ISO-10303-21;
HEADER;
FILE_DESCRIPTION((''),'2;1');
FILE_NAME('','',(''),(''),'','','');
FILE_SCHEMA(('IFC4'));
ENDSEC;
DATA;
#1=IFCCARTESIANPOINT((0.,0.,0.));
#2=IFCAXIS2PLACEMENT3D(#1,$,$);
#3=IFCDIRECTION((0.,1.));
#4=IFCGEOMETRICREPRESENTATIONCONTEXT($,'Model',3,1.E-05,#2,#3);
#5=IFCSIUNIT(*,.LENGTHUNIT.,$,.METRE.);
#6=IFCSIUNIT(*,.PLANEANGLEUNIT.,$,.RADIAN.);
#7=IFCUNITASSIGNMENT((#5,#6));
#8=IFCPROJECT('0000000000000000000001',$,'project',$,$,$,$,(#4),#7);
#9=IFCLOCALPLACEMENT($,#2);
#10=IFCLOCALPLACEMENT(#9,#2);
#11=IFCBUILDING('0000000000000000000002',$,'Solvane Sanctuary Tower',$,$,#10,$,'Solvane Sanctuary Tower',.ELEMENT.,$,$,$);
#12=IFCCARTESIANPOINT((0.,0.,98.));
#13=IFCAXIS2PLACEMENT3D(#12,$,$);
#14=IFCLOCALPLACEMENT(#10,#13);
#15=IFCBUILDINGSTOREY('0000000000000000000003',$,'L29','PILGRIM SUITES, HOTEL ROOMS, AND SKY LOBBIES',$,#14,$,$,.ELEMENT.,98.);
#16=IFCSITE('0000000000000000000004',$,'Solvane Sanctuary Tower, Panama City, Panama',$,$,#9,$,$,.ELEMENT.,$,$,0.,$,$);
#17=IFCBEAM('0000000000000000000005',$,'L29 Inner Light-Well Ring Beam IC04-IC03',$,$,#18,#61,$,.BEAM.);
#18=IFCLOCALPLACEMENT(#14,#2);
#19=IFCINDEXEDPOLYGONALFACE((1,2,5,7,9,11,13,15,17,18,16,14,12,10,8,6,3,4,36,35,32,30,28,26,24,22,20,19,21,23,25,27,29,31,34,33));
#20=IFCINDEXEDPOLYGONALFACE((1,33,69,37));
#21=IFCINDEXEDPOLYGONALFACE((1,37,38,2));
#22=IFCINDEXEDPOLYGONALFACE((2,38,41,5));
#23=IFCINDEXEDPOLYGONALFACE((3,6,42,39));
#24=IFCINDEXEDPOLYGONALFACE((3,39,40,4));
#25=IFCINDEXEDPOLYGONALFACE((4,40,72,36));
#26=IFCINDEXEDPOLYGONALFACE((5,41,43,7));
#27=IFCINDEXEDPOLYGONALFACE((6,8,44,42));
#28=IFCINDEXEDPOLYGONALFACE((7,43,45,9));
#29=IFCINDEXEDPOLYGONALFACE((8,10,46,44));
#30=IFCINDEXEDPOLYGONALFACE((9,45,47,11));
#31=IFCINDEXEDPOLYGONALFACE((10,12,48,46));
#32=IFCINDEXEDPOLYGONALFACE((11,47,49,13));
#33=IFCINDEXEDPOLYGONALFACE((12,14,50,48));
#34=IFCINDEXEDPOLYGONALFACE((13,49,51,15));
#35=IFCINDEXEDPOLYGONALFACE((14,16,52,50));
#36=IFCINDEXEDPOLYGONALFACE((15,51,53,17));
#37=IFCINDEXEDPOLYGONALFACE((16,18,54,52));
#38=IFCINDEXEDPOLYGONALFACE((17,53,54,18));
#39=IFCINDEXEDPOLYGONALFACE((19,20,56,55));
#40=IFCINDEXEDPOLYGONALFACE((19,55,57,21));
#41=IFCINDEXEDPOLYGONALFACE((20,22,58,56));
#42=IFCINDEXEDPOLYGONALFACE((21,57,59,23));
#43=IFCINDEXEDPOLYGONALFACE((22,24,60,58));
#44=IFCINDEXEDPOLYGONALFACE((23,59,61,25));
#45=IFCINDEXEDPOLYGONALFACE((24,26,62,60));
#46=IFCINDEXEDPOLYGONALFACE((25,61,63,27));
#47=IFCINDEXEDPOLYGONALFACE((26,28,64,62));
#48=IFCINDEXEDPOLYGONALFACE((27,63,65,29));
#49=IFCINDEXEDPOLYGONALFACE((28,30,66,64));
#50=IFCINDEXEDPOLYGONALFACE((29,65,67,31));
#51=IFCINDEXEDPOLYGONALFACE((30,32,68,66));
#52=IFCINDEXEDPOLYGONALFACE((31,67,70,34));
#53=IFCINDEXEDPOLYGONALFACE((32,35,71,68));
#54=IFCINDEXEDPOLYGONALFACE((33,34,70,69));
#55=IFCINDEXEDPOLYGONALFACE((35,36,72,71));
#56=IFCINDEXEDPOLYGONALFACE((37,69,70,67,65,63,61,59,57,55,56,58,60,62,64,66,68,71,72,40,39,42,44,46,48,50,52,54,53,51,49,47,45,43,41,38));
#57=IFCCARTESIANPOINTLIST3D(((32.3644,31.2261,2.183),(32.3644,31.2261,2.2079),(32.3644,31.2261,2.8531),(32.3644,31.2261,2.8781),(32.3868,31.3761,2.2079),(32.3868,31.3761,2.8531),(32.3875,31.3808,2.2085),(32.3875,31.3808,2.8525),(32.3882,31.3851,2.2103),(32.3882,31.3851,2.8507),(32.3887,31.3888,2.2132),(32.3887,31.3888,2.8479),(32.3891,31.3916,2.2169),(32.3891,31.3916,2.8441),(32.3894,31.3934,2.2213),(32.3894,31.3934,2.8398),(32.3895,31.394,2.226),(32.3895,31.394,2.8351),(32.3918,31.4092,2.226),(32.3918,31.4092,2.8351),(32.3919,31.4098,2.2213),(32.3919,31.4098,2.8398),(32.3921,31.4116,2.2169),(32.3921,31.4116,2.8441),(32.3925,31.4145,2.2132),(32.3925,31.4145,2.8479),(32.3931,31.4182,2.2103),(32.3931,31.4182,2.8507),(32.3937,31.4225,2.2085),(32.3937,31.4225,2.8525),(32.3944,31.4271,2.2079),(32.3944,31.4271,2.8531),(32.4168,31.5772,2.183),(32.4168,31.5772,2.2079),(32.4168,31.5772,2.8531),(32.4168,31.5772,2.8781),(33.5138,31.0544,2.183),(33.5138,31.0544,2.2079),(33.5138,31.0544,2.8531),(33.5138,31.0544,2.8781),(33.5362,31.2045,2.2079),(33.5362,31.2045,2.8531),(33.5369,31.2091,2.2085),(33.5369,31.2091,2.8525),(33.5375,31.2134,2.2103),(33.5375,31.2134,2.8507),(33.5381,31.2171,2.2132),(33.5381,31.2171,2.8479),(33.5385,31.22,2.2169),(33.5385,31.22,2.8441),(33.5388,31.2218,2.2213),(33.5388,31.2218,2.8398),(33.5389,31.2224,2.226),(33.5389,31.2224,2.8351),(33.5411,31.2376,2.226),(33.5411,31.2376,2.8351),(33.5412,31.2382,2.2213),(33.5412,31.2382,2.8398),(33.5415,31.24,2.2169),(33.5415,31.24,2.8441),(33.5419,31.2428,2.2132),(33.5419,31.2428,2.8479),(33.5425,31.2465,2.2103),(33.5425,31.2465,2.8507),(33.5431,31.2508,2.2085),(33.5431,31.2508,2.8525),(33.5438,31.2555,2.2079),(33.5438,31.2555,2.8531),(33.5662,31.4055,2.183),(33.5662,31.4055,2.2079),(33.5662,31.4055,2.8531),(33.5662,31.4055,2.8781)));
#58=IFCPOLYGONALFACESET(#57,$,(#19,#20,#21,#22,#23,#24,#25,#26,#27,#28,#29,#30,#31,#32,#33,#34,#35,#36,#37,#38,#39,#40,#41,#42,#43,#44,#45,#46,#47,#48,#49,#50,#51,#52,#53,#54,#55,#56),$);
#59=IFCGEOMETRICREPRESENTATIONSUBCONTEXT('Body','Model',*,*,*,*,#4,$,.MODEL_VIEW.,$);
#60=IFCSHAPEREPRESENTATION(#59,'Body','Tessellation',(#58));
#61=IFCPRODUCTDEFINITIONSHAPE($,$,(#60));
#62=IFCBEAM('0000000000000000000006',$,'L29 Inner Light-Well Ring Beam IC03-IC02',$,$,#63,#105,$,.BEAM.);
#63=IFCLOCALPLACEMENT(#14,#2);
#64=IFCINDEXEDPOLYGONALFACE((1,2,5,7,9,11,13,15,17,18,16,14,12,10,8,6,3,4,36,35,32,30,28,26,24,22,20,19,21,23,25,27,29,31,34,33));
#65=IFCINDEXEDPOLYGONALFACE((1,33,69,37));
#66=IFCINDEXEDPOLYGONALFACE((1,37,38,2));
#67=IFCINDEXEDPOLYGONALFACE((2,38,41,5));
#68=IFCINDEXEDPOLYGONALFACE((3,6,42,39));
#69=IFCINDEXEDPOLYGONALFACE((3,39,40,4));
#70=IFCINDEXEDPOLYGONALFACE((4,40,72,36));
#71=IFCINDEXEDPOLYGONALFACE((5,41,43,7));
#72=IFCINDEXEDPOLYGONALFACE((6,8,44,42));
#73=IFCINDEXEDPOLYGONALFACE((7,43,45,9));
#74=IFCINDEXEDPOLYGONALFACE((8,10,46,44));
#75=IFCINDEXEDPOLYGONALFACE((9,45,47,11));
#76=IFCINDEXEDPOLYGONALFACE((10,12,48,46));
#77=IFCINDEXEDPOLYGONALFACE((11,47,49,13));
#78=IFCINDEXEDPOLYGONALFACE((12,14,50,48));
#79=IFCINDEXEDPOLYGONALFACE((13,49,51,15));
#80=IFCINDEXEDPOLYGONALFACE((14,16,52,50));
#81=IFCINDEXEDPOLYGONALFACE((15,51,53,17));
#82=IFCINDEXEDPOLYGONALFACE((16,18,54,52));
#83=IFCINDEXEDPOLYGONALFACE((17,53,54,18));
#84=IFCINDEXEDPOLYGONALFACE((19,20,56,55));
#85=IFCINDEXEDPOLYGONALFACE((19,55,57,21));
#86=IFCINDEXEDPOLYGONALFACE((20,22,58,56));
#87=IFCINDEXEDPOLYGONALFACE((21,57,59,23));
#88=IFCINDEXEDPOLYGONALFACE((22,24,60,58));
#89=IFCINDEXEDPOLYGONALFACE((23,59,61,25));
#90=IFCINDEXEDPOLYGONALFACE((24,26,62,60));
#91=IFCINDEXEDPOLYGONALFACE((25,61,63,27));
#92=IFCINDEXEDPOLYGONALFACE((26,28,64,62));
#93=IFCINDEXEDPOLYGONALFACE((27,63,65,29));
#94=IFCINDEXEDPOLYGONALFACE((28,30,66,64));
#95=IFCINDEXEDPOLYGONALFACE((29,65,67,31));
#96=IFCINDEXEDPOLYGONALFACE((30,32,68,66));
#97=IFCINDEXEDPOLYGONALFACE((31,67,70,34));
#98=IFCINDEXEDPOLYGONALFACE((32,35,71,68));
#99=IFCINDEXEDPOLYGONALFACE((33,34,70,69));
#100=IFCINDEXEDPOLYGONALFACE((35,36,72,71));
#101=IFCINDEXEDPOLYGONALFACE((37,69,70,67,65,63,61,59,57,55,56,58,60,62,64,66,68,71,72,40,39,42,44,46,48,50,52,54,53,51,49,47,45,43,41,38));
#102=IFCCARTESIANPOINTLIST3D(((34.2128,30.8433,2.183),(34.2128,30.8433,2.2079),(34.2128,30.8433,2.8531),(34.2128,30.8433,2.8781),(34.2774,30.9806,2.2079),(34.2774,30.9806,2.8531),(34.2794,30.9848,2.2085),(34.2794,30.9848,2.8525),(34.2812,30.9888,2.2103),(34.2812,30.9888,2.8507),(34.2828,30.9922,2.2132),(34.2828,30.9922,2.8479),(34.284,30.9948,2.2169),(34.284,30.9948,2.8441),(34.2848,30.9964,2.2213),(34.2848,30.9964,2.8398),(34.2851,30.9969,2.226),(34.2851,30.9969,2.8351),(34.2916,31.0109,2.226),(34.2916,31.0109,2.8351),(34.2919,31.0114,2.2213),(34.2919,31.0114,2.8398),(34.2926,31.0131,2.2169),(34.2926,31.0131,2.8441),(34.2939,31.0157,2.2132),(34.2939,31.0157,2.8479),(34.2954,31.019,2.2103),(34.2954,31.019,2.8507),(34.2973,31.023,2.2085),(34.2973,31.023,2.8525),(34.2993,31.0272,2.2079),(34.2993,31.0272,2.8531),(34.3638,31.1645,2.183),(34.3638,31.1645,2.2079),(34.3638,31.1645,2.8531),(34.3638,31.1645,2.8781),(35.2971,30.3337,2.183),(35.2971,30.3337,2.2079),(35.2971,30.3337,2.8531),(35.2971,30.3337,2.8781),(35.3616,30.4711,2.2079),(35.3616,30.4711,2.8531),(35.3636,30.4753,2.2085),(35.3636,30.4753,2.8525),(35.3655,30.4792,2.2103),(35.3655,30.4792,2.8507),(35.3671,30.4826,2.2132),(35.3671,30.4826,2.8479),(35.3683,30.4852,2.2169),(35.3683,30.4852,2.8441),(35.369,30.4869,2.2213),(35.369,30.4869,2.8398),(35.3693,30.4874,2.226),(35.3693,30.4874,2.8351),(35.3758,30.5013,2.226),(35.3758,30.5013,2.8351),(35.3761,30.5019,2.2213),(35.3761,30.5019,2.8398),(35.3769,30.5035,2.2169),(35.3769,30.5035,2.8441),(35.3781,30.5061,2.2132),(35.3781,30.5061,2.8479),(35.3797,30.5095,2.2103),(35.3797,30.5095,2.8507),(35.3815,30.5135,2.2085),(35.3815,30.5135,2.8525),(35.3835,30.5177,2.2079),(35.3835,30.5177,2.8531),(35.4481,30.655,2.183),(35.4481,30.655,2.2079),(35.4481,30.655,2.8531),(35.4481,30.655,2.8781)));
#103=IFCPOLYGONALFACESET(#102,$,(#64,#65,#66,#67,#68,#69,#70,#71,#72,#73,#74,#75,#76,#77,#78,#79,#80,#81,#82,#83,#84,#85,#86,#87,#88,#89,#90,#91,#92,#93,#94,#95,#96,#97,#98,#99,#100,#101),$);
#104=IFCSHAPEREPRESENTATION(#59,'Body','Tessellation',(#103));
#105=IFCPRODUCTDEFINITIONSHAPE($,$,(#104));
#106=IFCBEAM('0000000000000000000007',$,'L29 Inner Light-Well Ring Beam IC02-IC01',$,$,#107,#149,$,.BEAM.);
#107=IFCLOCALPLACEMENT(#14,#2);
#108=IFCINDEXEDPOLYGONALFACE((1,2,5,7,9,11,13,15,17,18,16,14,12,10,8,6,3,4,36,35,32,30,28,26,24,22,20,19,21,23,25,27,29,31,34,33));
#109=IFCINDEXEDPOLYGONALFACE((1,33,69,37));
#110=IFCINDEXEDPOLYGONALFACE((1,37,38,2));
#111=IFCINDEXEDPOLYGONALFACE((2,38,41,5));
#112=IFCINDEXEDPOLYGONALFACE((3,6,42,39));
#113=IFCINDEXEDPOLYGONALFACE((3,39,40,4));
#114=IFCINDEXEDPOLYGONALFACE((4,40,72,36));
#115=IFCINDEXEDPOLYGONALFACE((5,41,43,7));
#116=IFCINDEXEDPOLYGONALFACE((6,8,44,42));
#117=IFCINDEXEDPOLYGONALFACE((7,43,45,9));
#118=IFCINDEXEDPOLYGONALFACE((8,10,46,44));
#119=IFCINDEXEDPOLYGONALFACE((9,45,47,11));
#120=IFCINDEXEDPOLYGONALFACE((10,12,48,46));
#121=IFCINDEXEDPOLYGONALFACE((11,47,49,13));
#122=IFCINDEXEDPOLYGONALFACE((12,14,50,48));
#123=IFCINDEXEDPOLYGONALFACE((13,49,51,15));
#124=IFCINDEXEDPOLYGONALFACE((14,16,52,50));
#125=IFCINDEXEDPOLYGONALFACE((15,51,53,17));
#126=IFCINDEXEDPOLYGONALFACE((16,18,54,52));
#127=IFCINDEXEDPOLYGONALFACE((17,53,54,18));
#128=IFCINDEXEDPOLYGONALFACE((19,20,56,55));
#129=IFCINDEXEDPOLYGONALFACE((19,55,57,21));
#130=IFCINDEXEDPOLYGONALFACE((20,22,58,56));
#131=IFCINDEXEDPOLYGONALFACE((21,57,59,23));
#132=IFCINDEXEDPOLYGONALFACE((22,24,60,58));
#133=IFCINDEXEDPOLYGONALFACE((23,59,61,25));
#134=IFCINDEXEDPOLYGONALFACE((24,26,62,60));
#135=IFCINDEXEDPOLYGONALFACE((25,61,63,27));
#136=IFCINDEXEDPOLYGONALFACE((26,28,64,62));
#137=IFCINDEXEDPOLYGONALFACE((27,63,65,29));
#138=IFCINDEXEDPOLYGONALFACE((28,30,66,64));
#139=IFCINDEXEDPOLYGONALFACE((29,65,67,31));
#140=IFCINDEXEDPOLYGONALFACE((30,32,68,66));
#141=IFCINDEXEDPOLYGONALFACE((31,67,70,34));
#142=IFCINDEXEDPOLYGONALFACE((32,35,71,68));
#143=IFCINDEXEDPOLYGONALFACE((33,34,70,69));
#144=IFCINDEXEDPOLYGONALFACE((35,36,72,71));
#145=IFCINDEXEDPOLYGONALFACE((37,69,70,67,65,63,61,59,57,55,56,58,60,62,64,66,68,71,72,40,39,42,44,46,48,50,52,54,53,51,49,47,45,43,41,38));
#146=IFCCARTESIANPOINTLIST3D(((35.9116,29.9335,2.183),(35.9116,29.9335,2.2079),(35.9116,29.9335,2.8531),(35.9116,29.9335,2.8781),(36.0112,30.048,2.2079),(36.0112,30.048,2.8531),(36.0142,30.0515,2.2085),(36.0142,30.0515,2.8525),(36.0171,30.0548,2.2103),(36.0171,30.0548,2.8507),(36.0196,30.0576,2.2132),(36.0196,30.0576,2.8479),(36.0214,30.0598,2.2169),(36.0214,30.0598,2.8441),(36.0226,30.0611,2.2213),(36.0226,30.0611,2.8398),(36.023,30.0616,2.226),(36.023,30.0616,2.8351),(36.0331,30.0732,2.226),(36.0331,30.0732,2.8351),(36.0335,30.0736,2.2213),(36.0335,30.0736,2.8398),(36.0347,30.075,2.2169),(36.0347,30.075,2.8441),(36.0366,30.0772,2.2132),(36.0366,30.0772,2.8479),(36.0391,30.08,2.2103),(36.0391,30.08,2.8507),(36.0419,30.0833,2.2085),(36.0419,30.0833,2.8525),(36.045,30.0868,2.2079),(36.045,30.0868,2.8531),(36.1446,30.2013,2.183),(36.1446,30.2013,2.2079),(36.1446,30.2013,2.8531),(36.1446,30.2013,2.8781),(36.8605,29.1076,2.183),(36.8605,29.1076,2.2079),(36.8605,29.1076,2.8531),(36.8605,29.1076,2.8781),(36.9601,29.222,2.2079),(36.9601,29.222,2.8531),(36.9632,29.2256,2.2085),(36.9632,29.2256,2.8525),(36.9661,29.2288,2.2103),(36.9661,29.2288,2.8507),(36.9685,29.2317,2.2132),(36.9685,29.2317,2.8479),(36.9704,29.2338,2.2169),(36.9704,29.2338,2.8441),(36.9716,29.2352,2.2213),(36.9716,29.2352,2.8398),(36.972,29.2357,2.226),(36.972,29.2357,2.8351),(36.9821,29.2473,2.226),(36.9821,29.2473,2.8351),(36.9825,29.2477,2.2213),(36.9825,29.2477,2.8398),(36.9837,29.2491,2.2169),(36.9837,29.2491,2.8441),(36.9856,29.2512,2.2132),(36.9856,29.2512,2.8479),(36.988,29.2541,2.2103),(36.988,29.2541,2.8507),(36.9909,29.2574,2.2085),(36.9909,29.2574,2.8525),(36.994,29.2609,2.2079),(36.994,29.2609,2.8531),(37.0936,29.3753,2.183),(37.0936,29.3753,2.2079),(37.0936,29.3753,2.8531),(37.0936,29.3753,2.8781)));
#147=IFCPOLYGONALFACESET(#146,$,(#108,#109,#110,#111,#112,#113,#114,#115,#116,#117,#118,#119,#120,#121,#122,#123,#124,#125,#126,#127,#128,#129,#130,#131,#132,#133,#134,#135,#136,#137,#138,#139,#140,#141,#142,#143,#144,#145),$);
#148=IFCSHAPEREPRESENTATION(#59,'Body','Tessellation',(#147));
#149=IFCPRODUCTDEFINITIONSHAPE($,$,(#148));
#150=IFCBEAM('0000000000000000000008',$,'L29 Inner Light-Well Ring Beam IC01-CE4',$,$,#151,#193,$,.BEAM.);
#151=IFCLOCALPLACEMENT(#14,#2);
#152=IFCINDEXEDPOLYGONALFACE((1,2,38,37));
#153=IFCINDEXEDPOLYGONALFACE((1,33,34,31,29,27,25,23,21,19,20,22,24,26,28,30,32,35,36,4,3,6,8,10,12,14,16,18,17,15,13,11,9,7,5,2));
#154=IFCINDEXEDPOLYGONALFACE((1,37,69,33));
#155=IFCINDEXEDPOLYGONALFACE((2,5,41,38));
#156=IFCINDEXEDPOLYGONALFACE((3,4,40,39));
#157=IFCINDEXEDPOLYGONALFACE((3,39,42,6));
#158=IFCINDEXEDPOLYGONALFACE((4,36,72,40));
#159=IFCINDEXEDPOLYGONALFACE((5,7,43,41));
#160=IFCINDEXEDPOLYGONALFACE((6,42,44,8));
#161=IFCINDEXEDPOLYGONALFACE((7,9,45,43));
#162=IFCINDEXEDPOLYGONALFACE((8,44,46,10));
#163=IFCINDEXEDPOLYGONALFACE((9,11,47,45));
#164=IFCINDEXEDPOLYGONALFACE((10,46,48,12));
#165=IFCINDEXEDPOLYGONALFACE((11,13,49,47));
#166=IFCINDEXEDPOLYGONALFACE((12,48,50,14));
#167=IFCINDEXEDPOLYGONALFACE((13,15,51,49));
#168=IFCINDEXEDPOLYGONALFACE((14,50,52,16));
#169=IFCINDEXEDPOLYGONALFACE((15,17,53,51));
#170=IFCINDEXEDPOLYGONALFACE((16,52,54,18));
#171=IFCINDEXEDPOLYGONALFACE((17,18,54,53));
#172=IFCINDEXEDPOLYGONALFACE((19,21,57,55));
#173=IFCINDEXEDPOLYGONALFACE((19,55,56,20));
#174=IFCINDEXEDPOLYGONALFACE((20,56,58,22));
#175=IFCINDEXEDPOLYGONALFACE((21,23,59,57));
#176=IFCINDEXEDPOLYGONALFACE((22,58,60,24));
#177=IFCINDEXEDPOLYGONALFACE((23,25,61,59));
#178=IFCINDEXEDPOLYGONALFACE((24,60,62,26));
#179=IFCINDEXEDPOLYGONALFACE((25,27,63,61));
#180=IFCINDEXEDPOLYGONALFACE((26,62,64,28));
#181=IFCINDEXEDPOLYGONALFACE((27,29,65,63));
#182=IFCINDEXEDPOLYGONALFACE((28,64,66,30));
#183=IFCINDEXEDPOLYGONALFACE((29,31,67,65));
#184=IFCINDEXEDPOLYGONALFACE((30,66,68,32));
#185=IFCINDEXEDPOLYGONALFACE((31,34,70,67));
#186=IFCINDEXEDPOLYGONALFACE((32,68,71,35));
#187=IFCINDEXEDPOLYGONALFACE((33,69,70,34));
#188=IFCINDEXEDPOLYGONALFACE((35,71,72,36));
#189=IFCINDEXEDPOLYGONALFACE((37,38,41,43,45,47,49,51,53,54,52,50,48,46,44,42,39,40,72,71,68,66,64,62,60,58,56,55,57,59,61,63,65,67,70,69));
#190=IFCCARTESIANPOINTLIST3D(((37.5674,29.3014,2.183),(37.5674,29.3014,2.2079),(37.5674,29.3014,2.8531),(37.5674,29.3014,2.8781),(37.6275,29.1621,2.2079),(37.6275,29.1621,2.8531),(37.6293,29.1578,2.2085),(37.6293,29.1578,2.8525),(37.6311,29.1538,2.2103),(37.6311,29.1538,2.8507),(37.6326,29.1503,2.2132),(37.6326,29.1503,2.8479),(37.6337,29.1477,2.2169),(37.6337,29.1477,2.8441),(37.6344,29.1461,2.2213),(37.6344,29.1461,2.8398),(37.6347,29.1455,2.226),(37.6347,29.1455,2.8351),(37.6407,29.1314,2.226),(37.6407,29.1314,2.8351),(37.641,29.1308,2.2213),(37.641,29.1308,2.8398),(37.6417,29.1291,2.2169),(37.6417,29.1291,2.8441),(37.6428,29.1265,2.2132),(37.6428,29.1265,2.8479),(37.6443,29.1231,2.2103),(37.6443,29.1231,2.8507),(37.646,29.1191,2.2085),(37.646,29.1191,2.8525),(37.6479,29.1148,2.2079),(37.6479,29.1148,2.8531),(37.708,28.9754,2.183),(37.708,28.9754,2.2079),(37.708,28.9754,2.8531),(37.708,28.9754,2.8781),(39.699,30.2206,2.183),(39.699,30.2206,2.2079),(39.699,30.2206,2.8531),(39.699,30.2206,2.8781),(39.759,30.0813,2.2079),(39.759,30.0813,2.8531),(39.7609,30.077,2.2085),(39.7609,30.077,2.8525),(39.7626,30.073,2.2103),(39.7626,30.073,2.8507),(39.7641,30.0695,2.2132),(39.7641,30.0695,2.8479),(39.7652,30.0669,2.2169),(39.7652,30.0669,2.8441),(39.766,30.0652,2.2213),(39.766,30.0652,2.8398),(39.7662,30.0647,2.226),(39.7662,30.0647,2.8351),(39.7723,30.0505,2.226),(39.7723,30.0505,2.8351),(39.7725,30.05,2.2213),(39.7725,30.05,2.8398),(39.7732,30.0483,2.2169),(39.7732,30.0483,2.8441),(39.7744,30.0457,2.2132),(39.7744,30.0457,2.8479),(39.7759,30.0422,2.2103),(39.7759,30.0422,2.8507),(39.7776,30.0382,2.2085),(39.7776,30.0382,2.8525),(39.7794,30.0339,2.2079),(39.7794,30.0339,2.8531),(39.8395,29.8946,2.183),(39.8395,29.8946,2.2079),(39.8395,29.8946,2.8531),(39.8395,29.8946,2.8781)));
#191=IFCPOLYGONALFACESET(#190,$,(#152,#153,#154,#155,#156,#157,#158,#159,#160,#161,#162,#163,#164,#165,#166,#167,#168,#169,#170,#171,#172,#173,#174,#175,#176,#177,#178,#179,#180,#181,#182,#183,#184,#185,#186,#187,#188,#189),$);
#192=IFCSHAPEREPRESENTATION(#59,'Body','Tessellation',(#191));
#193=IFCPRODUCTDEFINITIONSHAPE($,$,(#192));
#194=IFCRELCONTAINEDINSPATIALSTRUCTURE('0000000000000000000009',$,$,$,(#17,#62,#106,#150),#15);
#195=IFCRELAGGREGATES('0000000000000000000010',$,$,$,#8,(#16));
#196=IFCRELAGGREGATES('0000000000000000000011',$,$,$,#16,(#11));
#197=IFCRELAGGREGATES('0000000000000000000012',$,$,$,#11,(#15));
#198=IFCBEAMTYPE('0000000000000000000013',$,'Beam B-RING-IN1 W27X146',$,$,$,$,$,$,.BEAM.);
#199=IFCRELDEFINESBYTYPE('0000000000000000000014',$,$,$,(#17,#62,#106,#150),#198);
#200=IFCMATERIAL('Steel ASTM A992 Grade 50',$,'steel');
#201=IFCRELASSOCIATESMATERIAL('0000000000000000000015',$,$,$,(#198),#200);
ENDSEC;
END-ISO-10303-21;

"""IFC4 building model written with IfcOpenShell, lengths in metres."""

from ifc_helpers import new_model, si_unit, direction, frame, origin, origin_2d, place, context, subcontext, project, spatial, i_section, extrude, material, material_profile, profile_set, type_object, element, save


model = new_model("IFC4")

# Units and contexts
model_context = context("Model", 3, precision=1e-05, world=origin(), true_north=direction((0.0, 1.0)))
body_context = subcontext(model_context, "Body", "Model", "MODEL_VIEW")
ifc_project = project(units=[si_unit("LENGTHUNIT", "METRE"), si_unit("PLANEANGLEUNIT", "RADIAN")], contexts=[model_context])

# Site, building, storey
site_placement = place(None, origin())
site = spatial("IfcSite", under=ifc_project, at=site_placement, Name="Solvane Sanctuary Tower, Panama City, Panama", CompositionType="ELEMENT", RefElevation=0.0)
building_placement = place(site_placement, origin())
building = spatial("IfcBuilding", under=site, at=building_placement, Name="Solvane Sanctuary Tower", LongName="Solvane Sanctuary Tower", CompositionType="ELEMENT")
storey_placement = place(building_placement, frame((0.0, 0.0, 98.0)))
storey = spatial("IfcBuildingStorey", under=building, at=storey_placement, Name="L29", Description="PILGRIM SUITES, HOTEL ROOMS, AND SKY LOBBIES", CompositionType="ELEMENT", Elevation=98.0)

# Beams
ifc_material_1 = material(Name="Steel ASTM A992 Grade 50", Category="steel")
ifc_material_profile_1 = material_profile(ifc_material_1, i_section(OverallWidth=0.355, OverallDepth=0.6951, WebThickness=0.0154, FlangeThickness=0.0249, FilletRadius=0.0181, at=origin_2d()), Name="W27X146")
ifc_profile_set_1 = profile_set([ifc_material_profile_1], Name="Steel ASTM A992 Grade 50")
beam_type_1 = type_object("IfcBeamType", Name="Beam B-RING-IN1 W27X146", PredefinedType="BEAM", material=ifc_profile_set_1)
for number, where, z_axis, x_axis, name in (
    (1, (32.3906, 31.4016, 2.5305), (0.989035, -0.147683, 0.0), (0.147683, 0.989035, 0.0), "L29 Inner Light-Well Ring Beam IC04-IC03"),
):
    element("IfcBeam", number, at=place(storey_placement, frame(where, z_axis=z_axis, x_axis=x_axis)), inside=storey, type_object=beam_type_1, Name=name, PredefinedType="BEAM", context=body_context, shape_type="SweptSolid", body=[
        extrude(i_section(OverallWidth=0.355, OverallDepth=0.6951, WebThickness=0.0154, FlangeThickness=0.0249, FilletRadius=0.0181, at=origin_2d()), origin(), (0.0, 0.0, 1.0), 1.1621),
    ])
beam_1_placement = place(storey_placement, frame((34.2883, 31.0039, 2.5305), z_axis=(0.905045, -0.425316, 0.0), x_axis=(0.425316, 0.905045, 0.0)))
element("IfcBeam", 2, at=beam_1_placement, inside=storey, type_object=beam_type_1, Name="L29 Inner Light-Well Ring Beam IC03-IC02", PredefinedType="BEAM", context=body_context, shape_type="SweptSolid", body=[
    extrude(i_section(OverallWidth=0.355, OverallDepth=0.6951, WebThickness=0.0154, FlangeThickness=0.0249, FilletRadius=0.0181, at=origin_2d()), origin(), (0.0, 0.0, 1.0), 1.198),
])
beam_2_placement = place(storey_placement, frame((36.0281, 30.0674, 2.5305), z_axis=(0.754317, -0.65651, 0.0), x_axis=(0.65651, 0.754317, 0.0)))
element("IfcBeam", 3, at=beam_2_placement, inside=storey, type_object=beam_type_1, Name="L29 Inner Light-Well Ring Beam IC02-IC01", PredefinedType="BEAM", context=body_context, shape_type="SweptSolid", body=[
    extrude(i_section(OverallWidth=0.355, OverallDepth=0.6951, WebThickness=0.0154, FlangeThickness=0.0249, FilletRadius=0.0181, at=origin_2d()), origin(), (0.0, 0.0, 1.0), 1.2581),
])
beam_3_placement = place(storey_placement, frame((37.6377, 29.1384, 2.5305), z_axis=(0.918261, 0.395975, 0.0), x_axis=(-0.395975, 0.918261, 0.0)))
element("IfcBeam", 4, at=beam_3_placement, inside=storey, type_object=beam_type_1, Name="L29 Inner Light-Well Ring Beam IC01-CE4", PredefinedType="BEAM", context=body_context, shape_type="SweptSolid", body=[
    extrude(i_section(OverallWidth=0.355, OverallDepth=0.6951, WebThickness=0.0154, FlangeThickness=0.0249, FilletRadius=0.0181, at=origin_2d()), origin(), (0.0, 0.0, 1.0), 2.3213),
])

save(model, "model.ifc")
